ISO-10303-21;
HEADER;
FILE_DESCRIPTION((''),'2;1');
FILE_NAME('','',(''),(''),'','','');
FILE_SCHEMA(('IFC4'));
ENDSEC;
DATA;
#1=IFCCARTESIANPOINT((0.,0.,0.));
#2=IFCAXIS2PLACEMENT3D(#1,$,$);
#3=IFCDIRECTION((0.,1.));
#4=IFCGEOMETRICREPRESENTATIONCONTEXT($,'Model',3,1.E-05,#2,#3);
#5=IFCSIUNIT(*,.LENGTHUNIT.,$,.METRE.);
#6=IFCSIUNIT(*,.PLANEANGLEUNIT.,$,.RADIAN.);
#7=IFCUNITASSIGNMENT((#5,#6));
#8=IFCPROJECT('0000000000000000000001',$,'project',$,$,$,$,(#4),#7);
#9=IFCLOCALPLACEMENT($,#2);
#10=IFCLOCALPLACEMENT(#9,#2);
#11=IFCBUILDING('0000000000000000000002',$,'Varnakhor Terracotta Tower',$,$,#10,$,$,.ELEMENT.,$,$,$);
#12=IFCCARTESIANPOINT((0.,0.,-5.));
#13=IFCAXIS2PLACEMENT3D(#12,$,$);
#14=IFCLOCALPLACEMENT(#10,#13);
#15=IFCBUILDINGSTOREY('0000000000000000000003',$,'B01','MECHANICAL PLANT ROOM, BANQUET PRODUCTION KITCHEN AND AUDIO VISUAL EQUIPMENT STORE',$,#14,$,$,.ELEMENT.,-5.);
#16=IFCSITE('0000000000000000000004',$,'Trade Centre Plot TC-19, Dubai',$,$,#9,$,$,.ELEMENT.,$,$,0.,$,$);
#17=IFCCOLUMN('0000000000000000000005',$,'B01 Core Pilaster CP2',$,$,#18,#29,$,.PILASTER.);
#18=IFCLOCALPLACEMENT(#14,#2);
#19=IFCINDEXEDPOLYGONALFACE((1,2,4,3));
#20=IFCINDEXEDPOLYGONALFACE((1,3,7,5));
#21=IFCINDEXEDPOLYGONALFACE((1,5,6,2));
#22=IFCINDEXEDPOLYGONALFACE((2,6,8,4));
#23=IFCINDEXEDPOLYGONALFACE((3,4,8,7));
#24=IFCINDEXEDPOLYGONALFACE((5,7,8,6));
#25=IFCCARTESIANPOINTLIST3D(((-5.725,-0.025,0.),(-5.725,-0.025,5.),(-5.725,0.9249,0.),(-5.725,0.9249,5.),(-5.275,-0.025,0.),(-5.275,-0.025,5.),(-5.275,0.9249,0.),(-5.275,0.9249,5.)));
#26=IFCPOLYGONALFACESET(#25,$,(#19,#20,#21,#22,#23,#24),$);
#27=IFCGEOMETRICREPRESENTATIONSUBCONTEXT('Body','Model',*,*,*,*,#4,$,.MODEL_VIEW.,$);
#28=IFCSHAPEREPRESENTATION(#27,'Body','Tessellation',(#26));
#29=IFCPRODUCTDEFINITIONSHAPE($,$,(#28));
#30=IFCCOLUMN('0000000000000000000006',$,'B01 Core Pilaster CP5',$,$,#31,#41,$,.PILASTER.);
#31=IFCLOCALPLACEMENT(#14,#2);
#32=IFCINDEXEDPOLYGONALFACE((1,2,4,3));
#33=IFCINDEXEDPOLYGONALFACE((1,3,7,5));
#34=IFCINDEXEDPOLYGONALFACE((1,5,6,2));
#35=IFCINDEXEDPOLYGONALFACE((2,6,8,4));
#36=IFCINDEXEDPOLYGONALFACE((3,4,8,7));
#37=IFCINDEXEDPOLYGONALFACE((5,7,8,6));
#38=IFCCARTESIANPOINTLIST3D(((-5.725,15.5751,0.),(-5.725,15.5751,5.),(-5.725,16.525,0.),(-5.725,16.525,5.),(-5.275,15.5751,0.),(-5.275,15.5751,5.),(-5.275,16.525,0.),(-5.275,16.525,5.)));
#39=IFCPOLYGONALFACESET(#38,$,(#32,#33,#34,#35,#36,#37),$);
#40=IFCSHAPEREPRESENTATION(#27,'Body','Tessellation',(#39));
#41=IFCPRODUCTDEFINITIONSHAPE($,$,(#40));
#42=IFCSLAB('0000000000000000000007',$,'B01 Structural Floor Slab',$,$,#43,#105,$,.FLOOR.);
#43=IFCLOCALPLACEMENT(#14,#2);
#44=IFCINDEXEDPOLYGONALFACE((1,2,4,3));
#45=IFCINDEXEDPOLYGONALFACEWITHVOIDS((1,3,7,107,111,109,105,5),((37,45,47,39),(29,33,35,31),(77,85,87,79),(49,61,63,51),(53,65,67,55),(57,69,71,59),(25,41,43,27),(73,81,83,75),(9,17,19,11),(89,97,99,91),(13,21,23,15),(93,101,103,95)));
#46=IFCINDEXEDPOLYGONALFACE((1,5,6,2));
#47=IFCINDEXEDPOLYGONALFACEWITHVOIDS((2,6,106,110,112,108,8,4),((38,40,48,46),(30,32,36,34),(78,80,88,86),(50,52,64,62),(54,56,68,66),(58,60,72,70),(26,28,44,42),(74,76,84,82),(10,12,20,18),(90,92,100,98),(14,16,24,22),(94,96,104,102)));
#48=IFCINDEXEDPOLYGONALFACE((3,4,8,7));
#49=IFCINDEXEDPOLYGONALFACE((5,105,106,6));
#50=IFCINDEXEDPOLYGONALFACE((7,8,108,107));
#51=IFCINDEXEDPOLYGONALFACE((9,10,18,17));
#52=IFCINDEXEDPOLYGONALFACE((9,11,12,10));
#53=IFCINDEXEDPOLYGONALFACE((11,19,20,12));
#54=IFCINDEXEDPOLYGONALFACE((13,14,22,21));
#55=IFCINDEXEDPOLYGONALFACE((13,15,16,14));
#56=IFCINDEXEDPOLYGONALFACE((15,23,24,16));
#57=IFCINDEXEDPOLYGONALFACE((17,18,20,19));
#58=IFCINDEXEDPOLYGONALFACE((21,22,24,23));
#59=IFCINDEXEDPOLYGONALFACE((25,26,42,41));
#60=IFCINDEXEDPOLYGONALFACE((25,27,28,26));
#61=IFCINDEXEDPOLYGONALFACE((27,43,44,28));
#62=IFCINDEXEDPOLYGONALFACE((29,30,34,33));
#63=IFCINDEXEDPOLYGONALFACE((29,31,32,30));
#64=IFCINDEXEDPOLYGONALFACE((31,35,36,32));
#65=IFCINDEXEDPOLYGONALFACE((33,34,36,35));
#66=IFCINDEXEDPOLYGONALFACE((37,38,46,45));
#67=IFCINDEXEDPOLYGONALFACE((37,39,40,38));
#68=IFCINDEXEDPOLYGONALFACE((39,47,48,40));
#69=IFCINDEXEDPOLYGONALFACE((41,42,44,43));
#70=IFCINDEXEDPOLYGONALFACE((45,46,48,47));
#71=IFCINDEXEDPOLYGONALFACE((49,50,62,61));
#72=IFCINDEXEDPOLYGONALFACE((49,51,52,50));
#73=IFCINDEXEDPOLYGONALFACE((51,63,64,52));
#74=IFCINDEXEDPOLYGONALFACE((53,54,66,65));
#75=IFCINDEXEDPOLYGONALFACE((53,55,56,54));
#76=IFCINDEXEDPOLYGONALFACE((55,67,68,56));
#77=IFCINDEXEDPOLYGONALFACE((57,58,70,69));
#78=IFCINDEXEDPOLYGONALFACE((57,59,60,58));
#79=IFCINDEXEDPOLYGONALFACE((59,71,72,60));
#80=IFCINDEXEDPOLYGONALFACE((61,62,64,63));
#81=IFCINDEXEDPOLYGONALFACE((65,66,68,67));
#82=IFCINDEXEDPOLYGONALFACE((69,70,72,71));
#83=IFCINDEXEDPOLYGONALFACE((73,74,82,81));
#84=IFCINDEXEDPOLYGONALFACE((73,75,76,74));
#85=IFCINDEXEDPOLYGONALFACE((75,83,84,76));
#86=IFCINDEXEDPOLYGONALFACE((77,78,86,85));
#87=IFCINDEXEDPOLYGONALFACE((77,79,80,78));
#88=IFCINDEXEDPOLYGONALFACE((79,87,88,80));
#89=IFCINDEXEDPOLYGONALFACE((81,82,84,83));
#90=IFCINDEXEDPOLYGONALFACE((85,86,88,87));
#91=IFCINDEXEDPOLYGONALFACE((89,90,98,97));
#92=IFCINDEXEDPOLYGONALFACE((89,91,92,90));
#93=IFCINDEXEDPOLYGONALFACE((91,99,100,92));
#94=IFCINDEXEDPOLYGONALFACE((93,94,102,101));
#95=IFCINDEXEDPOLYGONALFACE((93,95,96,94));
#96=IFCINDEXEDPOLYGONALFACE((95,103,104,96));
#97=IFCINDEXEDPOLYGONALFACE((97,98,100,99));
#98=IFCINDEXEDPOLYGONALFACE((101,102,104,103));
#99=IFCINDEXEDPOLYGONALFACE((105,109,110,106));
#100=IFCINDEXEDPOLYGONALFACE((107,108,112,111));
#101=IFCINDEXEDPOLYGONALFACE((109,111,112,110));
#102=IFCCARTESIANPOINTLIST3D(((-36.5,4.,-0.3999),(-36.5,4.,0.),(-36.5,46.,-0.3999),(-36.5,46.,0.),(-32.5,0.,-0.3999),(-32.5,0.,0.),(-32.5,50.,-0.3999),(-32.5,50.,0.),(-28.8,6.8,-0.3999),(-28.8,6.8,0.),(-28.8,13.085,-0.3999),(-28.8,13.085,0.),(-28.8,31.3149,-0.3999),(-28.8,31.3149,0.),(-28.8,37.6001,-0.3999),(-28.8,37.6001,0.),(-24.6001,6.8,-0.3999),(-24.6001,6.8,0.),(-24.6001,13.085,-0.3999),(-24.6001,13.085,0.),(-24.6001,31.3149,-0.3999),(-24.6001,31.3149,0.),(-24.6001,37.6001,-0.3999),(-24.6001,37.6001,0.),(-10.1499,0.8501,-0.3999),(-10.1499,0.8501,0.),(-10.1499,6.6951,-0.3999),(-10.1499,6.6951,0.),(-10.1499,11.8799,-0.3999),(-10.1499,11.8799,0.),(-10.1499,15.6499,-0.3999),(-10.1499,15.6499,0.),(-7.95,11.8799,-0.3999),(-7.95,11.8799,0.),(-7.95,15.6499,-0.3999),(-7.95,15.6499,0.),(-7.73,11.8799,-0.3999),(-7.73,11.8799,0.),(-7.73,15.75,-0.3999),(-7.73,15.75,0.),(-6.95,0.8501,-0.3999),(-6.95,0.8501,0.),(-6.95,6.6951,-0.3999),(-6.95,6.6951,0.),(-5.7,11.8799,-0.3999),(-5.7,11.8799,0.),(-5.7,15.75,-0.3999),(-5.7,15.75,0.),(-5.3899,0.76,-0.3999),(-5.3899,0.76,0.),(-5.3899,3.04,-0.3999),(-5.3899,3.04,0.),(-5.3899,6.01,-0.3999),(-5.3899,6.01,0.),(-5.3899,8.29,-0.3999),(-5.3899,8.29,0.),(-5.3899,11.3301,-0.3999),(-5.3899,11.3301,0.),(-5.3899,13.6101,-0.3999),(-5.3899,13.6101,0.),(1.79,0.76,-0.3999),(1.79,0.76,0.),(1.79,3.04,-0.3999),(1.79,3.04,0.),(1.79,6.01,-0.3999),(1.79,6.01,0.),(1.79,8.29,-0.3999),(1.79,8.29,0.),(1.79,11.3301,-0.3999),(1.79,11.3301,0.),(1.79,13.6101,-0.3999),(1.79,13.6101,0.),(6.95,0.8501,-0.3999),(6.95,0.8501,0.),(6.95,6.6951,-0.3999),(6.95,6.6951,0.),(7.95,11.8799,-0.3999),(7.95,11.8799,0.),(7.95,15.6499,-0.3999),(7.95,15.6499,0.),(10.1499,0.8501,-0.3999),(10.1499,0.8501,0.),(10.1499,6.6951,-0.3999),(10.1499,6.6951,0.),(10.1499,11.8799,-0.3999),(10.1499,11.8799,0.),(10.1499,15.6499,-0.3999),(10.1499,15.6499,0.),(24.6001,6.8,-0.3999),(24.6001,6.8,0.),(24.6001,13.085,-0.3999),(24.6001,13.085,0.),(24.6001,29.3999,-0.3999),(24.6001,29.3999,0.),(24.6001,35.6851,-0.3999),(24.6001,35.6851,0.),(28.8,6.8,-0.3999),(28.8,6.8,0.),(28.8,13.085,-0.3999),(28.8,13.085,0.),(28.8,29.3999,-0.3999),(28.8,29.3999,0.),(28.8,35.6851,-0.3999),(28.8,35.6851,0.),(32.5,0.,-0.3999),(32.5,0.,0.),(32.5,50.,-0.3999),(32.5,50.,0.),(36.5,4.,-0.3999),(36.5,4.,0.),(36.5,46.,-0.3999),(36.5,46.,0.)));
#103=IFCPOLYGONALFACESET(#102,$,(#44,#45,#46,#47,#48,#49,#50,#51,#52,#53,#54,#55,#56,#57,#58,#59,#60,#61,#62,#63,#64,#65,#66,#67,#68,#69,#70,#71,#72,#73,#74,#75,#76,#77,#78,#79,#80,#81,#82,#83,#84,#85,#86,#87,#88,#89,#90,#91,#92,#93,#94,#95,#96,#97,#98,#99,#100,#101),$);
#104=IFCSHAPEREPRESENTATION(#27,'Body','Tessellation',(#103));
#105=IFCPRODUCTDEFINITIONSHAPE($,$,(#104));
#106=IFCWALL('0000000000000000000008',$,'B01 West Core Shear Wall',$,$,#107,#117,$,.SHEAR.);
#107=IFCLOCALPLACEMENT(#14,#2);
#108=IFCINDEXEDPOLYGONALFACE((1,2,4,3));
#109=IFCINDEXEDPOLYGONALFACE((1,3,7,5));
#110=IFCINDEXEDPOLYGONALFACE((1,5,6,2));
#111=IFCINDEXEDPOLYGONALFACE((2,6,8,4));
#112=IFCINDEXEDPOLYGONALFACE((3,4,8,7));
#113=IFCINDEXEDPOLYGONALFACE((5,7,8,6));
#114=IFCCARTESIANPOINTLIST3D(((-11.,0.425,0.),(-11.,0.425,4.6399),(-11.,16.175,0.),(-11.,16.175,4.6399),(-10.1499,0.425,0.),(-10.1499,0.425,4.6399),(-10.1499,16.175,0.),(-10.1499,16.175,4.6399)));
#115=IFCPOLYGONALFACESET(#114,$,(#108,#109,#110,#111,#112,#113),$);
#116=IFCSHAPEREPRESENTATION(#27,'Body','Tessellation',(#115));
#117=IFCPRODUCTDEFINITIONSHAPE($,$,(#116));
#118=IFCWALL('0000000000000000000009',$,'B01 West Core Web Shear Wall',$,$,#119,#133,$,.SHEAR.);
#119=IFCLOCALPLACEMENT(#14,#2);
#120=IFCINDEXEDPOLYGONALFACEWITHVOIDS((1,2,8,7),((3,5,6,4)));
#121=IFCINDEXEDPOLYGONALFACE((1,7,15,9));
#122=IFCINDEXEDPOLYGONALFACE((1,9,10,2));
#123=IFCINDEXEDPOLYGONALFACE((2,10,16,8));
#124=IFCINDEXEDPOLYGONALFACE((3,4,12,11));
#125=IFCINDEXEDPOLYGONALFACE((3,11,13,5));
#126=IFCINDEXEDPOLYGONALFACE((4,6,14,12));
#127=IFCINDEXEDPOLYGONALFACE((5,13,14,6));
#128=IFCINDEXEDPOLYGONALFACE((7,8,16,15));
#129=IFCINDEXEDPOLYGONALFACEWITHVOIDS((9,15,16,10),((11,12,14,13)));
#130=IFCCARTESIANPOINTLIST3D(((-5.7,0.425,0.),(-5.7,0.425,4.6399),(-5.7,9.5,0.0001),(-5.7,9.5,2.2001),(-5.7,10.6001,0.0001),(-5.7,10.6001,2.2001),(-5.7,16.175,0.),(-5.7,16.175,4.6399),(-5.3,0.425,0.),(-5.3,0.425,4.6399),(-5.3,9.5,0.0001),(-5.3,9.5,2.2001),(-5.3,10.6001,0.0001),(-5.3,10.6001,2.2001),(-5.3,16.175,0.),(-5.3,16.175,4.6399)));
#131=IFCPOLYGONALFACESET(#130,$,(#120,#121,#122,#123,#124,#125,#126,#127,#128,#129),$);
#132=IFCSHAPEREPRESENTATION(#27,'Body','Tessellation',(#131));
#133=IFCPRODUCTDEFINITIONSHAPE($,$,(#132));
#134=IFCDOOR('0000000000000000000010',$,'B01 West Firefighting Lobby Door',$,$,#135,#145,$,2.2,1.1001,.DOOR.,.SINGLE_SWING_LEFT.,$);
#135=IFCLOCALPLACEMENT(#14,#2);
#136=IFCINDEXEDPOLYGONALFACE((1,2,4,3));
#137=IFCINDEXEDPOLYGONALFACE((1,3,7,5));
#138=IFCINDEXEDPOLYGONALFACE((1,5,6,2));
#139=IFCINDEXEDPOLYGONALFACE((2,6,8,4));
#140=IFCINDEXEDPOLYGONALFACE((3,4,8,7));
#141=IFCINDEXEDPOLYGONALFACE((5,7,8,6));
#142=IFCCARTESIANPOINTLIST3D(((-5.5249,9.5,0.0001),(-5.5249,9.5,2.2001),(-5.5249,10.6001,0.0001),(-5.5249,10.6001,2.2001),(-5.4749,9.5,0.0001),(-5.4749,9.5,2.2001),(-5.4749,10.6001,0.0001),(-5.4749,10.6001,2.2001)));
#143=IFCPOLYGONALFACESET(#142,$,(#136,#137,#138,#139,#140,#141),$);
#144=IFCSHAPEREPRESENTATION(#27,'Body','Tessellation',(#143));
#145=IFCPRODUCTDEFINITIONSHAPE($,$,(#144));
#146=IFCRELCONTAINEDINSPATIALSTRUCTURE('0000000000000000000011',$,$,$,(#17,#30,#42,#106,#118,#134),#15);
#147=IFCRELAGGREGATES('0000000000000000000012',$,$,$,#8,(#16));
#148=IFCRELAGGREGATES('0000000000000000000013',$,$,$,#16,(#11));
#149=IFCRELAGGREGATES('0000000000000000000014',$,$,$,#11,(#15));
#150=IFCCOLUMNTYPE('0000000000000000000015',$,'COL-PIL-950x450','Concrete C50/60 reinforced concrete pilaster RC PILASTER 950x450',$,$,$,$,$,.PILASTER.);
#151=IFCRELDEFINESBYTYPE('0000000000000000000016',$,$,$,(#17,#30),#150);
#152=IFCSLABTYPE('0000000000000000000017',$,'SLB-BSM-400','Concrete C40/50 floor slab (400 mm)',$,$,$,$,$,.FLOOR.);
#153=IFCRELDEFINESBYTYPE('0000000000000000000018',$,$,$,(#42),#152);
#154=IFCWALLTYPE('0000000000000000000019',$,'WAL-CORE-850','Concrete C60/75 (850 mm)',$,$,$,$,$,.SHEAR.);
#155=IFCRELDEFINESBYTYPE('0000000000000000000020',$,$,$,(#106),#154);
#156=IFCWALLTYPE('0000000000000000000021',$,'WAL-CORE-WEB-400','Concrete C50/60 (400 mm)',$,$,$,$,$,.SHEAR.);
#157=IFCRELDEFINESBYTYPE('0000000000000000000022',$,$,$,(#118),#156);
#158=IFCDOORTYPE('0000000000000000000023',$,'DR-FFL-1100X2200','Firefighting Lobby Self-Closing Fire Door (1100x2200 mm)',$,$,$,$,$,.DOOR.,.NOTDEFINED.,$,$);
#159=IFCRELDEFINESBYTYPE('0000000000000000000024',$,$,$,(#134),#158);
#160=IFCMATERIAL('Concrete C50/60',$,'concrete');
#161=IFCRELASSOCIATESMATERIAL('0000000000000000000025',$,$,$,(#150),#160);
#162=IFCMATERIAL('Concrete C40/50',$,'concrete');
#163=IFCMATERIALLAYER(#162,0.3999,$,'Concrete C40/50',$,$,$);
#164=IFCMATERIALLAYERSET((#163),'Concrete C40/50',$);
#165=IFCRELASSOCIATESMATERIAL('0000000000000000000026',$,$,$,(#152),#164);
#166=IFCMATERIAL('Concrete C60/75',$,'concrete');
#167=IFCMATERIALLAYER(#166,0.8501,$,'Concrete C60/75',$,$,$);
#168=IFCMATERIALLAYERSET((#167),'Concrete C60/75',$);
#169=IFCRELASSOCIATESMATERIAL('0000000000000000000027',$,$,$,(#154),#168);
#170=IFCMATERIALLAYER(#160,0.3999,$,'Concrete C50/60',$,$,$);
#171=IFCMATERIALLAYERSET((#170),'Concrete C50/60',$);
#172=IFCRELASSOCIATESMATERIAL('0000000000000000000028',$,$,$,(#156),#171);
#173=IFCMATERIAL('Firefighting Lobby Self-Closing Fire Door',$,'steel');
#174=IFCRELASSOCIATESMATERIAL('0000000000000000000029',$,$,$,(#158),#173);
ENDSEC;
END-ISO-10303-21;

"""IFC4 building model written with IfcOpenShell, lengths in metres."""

from ifc_helpers import new_model, si_unit, direction, frame, frame_2d, origin, origin_2d, place, context, subcontext, project, spatial, polyline, rectangle, outline, extrude, source, transform, mapped, material, layer, layer_set, material_profile, profile_set, type_object, type_shapes, element, fill, save


model = new_model("IFC4")

# Units and contexts
model_context = context("Model", 3, precision=1e-05, world=origin(), true_north=direction((0.0, 1.0)))
body_context = subcontext(model_context, "Body", "Model", "MODEL_VIEW")
ifc_project = project(units=[si_unit("LENGTHUNIT", "METRE"), si_unit("PLANEANGLEUNIT", "RADIAN")], contexts=[model_context])

# Site, building, storey
site_placement = place(None, origin())
site = spatial("IfcSite", under=ifc_project, at=site_placement, Name="Trade Centre Plot TC-19, Dubai", CompositionType="ELEMENT", RefElevation=0.0)
building_placement = place(site_placement, origin())
building = spatial("IfcBuilding", under=site, at=building_placement, Name="Varnakhor Terracotta Tower", CompositionType="ELEMENT")
storey_placement = place(building_placement, frame((0.0, 0.0, -5.0)))
storey = spatial("IfcBuildingStorey", under=building, at=storey_placement, Name="B01", Description="MECHANICAL PLANT ROOM, BANQUET PRODUCTION KITCHEN AND AUDIO VISUAL EQUIPMENT STORE", CompositionType="ELEMENT", Elevation=-5.0)

# Columns
ifc_material_1 = material(Name="Concrete C50/60", Category="concrete")
ifc_material_profile = material_profile(ifc_material_1, rectangle(XDim=0.45, YDim=0.95, at=origin_2d()), Name="RC PILASTER 950x450")
ifc_profile_set = profile_set([ifc_material_profile], Name="Concrete C50/60")
column_type = type_object("IfcColumnType", Name="COL-PIL-950x450", Description="Concrete C50/60 reinforced concrete pilaster RC PILASTER 950x450", PredefinedType="PILASTER", material=ifc_profile_set)
shared_shape_1 = source(origin(), body_context, "Body", "SweptSolid", [
    extrude(rectangle(XDim=0.45, YDim=0.95, at=origin_2d()), origin(), (0.0, 0.0, 1.0), 5.0),
])
type_shapes(column_type, [shared_shape_1])
for number, where, z_axis, x_axis, name in (
    (1, (-5.5, 0.45, 0.0), (0.0, 0.0, 1.0), (1.0, 0.0, 0.0), "B01 Core Pilaster CP2"),
    (2, (-5.5, 16.05, 0.0), (0.0, 0.0, 1.0), (1.0, 0.0, 0.0), "B01 Core Pilaster CP5"),
):
    element("IfcColumn", number, at=place(storey_placement, frame(where, z_axis=z_axis, x_axis=x_axis)), inside=storey, type_object=column_type, Name=name, PredefinedType="PILASTER", context=body_context, shape_type="MappedRepresentation", body=[
        mapped(shared_shape_1, transform((0.0, 0.0, 0.0), scale=1.0)),
    ])

# Slab
ifc_material_2 = material(Name="Concrete C40/50", Category="concrete")
ifc_layer_1 = layer(ifc_material_2, 0.3999, Name="Concrete C40/50")
ifc_layer_set_1 = layer_set([ifc_layer_1], Name="Concrete C40/50")
slab_type = type_object("IfcSlabType", Name="SLB-BSM-400", Description="Concrete C40/50 floor slab (400 mm)", PredefinedType="FLOOR", material=ifc_layer_set_1)
slab_placement = place(storey_placement, frame((0.0, 0.0, -0.3999)))
element("IfcSlab", 3, at=slab_placement, inside=storey, type_object=slab_type, Name="B01 Structural Floor Slab", PredefinedType="FLOOR", context=body_context, shape_type="SweptSolid", body=[
    extrude(outline(polyline([(-36.5, 4.0), (-36.5, 46.0), (-32.5, 50.0), (32.5, 50.0), (36.5, 46.0), (36.5, 4.0), (32.5, 0.0), (-32.5, 0.0), (-36.5, 4.0)]), holes=[polyline([(1.79, 0.76), (1.79, 3.04), (-5.3899, 3.04), (-5.3899, 0.76), (1.79, 0.76)]), polyline([(-10.1499, 0.8501), (-6.95, 0.8501), (-6.95, 6.6951), (-10.1499, 6.6951), (-10.1499, 0.8501)]), polyline([(-28.8, 6.8), (-24.6001, 6.8), (-24.6001, 13.085), (-28.8, 13.085), (-28.8, 6.8)]), polyline([(-7.95, 11.8799), (-7.95, 15.6499), (-10.1499, 15.6499), (-10.1499, 11.8799), (-7.95, 11.8799)]), polyline([(-7.73, 11.8799), (-5.7, 11.8799), (-5.7, 15.75), (-7.73, 15.75), (-7.73, 11.8799)]), polyline([(-28.8, 31.3149), (-24.6001, 31.3149), (-24.6001, 37.6001), (-28.8, 37.6001), (-28.8, 31.3149)]), polyline([(10.1499, 0.8501), (10.1499, 6.6951), (6.95, 6.6951), (6.95, 0.8501), (10.1499, 0.8501)]), polyline([(-5.3899, 6.01), (1.79, 6.01), (1.79, 8.29), (-5.3899, 8.29), (-5.3899, 6.01)]), polyline([(24.6001, 6.8), (28.8, 6.8), (28.8, 13.085), (24.6001, 13.085), (24.6001, 6.8)]), polyline([(1.79, 11.3301), (1.79, 13.6101), (-5.3899, 13.6101), (-5.3899, 11.3301), (1.79, 11.3301)]), polyline([(7.95, 11.8799), (10.1499, 11.8799), (10.1499, 15.6499), (7.95, 15.6499), (7.95, 11.8799)]), polyline([(24.6001, 29.3999), (28.8, 29.3999), (28.8, 35.6851), (24.6001, 35.6851), (24.6001, 29.3999)])]), origin(), (0.0, 0.0, 1.0), 0.3999),
])

# Wall
ifc_material_3 = material(Name="Concrete C60/75", Category="concrete")
ifc_layer_2 = layer(ifc_material_3, 0.8501, Name="Concrete C60/75")
ifc_layer_set_2 = layer_set([ifc_layer_2], Name="Concrete C60/75")
wall_type_1 = type_object("IfcWallType", Name="WAL-CORE-850", Description="Concrete C60/75 (850 mm)", PredefinedType="SHEAR", material=ifc_layer_set_2)
wall_1_placement = place(storey_placement, frame((-10.575, 0.425, 0.0), z_axis=(0.0, 0.0, 1.0), x_axis=(0.0, 1.0, 0.0)))
element("IfcWall", 4, at=wall_1_placement, inside=storey, type_object=wall_type_1, Name="B01 West Core Shear Wall", PredefinedType="SHEAR", context=body_context, shape_type="SweptSolid", body=[
    extrude(rectangle(XDim=15.75, YDim=0.8501, at=frame_2d((7.875, 0.0))), origin(), (0.0, 0.0, 1.0), 4.6399),
])

# Wall, opening, door
ifc_layer_3 = layer(ifc_material_1, 0.3999, Name="Concrete C50/60")
ifc_layer_set_3 = layer_set([ifc_layer_3], Name="Concrete C50/60")
wall_type_2 = type_object("IfcWallType", Name="WAL-CORE-WEB-400", Description="Concrete C50/60 (400 mm)", PredefinedType="SHEAR", material=ifc_layer_set_3)
wall_2_placement = place(storey_placement, frame((-5.5, 0.425, 0.0), z_axis=(0.0, 0.0, 1.0), x_axis=(0.0, 1.0, 0.0)))
wall_2 = element("IfcWall", 5, at=wall_2_placement, inside=storey, type_object=wall_type_2, Name="B01 West Core Web Shear Wall", PredefinedType="SHEAR", context=body_context, shape_type="SweptSolid", body=[
    extrude(rectangle(XDim=15.75, YDim=0.3999, at=frame_2d((7.875, 0.0))), origin(), (0.0, 0.0, 1.0), 4.6399),
])
opening_1_placement = place(wall_2_placement, frame((9.075, 0.0, 0.0)))
opening_1 = element("IfcOpeningElement", 6, at=opening_1_placement, cuts=wall_2, PredefinedType="OPENING", context=body_context, shape_type="SweptSolid", body=[
    extrude(rectangle(XDim=1.1001, YDim=2.2, at=frame_2d((0.55, 1.1001))), frame((0.0, 0.21, 0.0), z_axis=(0.0, -1.0, 0.0), x_axis=(1.0, 0.0, 0.0)), (0.0, 0.0, 1.0), 0.4199),
])
ifc_material_4 = material(Name="Firefighting Lobby Self-Closing Fire Door", Category="steel")
door_type_1 = type_object("IfcDoorType", Name="DR-FFL-1100X2200", Description="Firefighting Lobby Self-Closing Fire Door (1100x2200 mm)", OperationType="NOTDEFINED", PredefinedType="DOOR", material=ifc_material_4)
shared_shape_2 = source(origin(), body_context, "Body", "SweptSolid", [
    extrude(rectangle(XDim=1.1001, YDim=2.2, at=frame_2d((0.55, 1.1001))), frame((0.0, 0.0249, 0.0), z_axis=(0.0, -1.0, 0.0), x_axis=(1.0, 0.0, 0.0)), (0.0, 0.0, 1.0), 0.05),
])
type_shapes(door_type_1, [shared_shape_2])
door_1_placement = place(opening_1_placement, origin())
door_1 = element("IfcDoor", 7, at=door_1_placement, inside=storey, type_object=door_type_1, Name="B01 West Firefighting Lobby Door", OperationType="SINGLE_SWING_LEFT", OverallHeight=2.2, OverallWidth=1.1001, PredefinedType="DOOR", context=body_context, shape_type="MappedRepresentation", body=[
    mapped(shared_shape_2, transform((0.0, 0.0, 0.0), scale=1.0)),
])
fill(opening_1, door_1)

save(model, "model.ifc")
